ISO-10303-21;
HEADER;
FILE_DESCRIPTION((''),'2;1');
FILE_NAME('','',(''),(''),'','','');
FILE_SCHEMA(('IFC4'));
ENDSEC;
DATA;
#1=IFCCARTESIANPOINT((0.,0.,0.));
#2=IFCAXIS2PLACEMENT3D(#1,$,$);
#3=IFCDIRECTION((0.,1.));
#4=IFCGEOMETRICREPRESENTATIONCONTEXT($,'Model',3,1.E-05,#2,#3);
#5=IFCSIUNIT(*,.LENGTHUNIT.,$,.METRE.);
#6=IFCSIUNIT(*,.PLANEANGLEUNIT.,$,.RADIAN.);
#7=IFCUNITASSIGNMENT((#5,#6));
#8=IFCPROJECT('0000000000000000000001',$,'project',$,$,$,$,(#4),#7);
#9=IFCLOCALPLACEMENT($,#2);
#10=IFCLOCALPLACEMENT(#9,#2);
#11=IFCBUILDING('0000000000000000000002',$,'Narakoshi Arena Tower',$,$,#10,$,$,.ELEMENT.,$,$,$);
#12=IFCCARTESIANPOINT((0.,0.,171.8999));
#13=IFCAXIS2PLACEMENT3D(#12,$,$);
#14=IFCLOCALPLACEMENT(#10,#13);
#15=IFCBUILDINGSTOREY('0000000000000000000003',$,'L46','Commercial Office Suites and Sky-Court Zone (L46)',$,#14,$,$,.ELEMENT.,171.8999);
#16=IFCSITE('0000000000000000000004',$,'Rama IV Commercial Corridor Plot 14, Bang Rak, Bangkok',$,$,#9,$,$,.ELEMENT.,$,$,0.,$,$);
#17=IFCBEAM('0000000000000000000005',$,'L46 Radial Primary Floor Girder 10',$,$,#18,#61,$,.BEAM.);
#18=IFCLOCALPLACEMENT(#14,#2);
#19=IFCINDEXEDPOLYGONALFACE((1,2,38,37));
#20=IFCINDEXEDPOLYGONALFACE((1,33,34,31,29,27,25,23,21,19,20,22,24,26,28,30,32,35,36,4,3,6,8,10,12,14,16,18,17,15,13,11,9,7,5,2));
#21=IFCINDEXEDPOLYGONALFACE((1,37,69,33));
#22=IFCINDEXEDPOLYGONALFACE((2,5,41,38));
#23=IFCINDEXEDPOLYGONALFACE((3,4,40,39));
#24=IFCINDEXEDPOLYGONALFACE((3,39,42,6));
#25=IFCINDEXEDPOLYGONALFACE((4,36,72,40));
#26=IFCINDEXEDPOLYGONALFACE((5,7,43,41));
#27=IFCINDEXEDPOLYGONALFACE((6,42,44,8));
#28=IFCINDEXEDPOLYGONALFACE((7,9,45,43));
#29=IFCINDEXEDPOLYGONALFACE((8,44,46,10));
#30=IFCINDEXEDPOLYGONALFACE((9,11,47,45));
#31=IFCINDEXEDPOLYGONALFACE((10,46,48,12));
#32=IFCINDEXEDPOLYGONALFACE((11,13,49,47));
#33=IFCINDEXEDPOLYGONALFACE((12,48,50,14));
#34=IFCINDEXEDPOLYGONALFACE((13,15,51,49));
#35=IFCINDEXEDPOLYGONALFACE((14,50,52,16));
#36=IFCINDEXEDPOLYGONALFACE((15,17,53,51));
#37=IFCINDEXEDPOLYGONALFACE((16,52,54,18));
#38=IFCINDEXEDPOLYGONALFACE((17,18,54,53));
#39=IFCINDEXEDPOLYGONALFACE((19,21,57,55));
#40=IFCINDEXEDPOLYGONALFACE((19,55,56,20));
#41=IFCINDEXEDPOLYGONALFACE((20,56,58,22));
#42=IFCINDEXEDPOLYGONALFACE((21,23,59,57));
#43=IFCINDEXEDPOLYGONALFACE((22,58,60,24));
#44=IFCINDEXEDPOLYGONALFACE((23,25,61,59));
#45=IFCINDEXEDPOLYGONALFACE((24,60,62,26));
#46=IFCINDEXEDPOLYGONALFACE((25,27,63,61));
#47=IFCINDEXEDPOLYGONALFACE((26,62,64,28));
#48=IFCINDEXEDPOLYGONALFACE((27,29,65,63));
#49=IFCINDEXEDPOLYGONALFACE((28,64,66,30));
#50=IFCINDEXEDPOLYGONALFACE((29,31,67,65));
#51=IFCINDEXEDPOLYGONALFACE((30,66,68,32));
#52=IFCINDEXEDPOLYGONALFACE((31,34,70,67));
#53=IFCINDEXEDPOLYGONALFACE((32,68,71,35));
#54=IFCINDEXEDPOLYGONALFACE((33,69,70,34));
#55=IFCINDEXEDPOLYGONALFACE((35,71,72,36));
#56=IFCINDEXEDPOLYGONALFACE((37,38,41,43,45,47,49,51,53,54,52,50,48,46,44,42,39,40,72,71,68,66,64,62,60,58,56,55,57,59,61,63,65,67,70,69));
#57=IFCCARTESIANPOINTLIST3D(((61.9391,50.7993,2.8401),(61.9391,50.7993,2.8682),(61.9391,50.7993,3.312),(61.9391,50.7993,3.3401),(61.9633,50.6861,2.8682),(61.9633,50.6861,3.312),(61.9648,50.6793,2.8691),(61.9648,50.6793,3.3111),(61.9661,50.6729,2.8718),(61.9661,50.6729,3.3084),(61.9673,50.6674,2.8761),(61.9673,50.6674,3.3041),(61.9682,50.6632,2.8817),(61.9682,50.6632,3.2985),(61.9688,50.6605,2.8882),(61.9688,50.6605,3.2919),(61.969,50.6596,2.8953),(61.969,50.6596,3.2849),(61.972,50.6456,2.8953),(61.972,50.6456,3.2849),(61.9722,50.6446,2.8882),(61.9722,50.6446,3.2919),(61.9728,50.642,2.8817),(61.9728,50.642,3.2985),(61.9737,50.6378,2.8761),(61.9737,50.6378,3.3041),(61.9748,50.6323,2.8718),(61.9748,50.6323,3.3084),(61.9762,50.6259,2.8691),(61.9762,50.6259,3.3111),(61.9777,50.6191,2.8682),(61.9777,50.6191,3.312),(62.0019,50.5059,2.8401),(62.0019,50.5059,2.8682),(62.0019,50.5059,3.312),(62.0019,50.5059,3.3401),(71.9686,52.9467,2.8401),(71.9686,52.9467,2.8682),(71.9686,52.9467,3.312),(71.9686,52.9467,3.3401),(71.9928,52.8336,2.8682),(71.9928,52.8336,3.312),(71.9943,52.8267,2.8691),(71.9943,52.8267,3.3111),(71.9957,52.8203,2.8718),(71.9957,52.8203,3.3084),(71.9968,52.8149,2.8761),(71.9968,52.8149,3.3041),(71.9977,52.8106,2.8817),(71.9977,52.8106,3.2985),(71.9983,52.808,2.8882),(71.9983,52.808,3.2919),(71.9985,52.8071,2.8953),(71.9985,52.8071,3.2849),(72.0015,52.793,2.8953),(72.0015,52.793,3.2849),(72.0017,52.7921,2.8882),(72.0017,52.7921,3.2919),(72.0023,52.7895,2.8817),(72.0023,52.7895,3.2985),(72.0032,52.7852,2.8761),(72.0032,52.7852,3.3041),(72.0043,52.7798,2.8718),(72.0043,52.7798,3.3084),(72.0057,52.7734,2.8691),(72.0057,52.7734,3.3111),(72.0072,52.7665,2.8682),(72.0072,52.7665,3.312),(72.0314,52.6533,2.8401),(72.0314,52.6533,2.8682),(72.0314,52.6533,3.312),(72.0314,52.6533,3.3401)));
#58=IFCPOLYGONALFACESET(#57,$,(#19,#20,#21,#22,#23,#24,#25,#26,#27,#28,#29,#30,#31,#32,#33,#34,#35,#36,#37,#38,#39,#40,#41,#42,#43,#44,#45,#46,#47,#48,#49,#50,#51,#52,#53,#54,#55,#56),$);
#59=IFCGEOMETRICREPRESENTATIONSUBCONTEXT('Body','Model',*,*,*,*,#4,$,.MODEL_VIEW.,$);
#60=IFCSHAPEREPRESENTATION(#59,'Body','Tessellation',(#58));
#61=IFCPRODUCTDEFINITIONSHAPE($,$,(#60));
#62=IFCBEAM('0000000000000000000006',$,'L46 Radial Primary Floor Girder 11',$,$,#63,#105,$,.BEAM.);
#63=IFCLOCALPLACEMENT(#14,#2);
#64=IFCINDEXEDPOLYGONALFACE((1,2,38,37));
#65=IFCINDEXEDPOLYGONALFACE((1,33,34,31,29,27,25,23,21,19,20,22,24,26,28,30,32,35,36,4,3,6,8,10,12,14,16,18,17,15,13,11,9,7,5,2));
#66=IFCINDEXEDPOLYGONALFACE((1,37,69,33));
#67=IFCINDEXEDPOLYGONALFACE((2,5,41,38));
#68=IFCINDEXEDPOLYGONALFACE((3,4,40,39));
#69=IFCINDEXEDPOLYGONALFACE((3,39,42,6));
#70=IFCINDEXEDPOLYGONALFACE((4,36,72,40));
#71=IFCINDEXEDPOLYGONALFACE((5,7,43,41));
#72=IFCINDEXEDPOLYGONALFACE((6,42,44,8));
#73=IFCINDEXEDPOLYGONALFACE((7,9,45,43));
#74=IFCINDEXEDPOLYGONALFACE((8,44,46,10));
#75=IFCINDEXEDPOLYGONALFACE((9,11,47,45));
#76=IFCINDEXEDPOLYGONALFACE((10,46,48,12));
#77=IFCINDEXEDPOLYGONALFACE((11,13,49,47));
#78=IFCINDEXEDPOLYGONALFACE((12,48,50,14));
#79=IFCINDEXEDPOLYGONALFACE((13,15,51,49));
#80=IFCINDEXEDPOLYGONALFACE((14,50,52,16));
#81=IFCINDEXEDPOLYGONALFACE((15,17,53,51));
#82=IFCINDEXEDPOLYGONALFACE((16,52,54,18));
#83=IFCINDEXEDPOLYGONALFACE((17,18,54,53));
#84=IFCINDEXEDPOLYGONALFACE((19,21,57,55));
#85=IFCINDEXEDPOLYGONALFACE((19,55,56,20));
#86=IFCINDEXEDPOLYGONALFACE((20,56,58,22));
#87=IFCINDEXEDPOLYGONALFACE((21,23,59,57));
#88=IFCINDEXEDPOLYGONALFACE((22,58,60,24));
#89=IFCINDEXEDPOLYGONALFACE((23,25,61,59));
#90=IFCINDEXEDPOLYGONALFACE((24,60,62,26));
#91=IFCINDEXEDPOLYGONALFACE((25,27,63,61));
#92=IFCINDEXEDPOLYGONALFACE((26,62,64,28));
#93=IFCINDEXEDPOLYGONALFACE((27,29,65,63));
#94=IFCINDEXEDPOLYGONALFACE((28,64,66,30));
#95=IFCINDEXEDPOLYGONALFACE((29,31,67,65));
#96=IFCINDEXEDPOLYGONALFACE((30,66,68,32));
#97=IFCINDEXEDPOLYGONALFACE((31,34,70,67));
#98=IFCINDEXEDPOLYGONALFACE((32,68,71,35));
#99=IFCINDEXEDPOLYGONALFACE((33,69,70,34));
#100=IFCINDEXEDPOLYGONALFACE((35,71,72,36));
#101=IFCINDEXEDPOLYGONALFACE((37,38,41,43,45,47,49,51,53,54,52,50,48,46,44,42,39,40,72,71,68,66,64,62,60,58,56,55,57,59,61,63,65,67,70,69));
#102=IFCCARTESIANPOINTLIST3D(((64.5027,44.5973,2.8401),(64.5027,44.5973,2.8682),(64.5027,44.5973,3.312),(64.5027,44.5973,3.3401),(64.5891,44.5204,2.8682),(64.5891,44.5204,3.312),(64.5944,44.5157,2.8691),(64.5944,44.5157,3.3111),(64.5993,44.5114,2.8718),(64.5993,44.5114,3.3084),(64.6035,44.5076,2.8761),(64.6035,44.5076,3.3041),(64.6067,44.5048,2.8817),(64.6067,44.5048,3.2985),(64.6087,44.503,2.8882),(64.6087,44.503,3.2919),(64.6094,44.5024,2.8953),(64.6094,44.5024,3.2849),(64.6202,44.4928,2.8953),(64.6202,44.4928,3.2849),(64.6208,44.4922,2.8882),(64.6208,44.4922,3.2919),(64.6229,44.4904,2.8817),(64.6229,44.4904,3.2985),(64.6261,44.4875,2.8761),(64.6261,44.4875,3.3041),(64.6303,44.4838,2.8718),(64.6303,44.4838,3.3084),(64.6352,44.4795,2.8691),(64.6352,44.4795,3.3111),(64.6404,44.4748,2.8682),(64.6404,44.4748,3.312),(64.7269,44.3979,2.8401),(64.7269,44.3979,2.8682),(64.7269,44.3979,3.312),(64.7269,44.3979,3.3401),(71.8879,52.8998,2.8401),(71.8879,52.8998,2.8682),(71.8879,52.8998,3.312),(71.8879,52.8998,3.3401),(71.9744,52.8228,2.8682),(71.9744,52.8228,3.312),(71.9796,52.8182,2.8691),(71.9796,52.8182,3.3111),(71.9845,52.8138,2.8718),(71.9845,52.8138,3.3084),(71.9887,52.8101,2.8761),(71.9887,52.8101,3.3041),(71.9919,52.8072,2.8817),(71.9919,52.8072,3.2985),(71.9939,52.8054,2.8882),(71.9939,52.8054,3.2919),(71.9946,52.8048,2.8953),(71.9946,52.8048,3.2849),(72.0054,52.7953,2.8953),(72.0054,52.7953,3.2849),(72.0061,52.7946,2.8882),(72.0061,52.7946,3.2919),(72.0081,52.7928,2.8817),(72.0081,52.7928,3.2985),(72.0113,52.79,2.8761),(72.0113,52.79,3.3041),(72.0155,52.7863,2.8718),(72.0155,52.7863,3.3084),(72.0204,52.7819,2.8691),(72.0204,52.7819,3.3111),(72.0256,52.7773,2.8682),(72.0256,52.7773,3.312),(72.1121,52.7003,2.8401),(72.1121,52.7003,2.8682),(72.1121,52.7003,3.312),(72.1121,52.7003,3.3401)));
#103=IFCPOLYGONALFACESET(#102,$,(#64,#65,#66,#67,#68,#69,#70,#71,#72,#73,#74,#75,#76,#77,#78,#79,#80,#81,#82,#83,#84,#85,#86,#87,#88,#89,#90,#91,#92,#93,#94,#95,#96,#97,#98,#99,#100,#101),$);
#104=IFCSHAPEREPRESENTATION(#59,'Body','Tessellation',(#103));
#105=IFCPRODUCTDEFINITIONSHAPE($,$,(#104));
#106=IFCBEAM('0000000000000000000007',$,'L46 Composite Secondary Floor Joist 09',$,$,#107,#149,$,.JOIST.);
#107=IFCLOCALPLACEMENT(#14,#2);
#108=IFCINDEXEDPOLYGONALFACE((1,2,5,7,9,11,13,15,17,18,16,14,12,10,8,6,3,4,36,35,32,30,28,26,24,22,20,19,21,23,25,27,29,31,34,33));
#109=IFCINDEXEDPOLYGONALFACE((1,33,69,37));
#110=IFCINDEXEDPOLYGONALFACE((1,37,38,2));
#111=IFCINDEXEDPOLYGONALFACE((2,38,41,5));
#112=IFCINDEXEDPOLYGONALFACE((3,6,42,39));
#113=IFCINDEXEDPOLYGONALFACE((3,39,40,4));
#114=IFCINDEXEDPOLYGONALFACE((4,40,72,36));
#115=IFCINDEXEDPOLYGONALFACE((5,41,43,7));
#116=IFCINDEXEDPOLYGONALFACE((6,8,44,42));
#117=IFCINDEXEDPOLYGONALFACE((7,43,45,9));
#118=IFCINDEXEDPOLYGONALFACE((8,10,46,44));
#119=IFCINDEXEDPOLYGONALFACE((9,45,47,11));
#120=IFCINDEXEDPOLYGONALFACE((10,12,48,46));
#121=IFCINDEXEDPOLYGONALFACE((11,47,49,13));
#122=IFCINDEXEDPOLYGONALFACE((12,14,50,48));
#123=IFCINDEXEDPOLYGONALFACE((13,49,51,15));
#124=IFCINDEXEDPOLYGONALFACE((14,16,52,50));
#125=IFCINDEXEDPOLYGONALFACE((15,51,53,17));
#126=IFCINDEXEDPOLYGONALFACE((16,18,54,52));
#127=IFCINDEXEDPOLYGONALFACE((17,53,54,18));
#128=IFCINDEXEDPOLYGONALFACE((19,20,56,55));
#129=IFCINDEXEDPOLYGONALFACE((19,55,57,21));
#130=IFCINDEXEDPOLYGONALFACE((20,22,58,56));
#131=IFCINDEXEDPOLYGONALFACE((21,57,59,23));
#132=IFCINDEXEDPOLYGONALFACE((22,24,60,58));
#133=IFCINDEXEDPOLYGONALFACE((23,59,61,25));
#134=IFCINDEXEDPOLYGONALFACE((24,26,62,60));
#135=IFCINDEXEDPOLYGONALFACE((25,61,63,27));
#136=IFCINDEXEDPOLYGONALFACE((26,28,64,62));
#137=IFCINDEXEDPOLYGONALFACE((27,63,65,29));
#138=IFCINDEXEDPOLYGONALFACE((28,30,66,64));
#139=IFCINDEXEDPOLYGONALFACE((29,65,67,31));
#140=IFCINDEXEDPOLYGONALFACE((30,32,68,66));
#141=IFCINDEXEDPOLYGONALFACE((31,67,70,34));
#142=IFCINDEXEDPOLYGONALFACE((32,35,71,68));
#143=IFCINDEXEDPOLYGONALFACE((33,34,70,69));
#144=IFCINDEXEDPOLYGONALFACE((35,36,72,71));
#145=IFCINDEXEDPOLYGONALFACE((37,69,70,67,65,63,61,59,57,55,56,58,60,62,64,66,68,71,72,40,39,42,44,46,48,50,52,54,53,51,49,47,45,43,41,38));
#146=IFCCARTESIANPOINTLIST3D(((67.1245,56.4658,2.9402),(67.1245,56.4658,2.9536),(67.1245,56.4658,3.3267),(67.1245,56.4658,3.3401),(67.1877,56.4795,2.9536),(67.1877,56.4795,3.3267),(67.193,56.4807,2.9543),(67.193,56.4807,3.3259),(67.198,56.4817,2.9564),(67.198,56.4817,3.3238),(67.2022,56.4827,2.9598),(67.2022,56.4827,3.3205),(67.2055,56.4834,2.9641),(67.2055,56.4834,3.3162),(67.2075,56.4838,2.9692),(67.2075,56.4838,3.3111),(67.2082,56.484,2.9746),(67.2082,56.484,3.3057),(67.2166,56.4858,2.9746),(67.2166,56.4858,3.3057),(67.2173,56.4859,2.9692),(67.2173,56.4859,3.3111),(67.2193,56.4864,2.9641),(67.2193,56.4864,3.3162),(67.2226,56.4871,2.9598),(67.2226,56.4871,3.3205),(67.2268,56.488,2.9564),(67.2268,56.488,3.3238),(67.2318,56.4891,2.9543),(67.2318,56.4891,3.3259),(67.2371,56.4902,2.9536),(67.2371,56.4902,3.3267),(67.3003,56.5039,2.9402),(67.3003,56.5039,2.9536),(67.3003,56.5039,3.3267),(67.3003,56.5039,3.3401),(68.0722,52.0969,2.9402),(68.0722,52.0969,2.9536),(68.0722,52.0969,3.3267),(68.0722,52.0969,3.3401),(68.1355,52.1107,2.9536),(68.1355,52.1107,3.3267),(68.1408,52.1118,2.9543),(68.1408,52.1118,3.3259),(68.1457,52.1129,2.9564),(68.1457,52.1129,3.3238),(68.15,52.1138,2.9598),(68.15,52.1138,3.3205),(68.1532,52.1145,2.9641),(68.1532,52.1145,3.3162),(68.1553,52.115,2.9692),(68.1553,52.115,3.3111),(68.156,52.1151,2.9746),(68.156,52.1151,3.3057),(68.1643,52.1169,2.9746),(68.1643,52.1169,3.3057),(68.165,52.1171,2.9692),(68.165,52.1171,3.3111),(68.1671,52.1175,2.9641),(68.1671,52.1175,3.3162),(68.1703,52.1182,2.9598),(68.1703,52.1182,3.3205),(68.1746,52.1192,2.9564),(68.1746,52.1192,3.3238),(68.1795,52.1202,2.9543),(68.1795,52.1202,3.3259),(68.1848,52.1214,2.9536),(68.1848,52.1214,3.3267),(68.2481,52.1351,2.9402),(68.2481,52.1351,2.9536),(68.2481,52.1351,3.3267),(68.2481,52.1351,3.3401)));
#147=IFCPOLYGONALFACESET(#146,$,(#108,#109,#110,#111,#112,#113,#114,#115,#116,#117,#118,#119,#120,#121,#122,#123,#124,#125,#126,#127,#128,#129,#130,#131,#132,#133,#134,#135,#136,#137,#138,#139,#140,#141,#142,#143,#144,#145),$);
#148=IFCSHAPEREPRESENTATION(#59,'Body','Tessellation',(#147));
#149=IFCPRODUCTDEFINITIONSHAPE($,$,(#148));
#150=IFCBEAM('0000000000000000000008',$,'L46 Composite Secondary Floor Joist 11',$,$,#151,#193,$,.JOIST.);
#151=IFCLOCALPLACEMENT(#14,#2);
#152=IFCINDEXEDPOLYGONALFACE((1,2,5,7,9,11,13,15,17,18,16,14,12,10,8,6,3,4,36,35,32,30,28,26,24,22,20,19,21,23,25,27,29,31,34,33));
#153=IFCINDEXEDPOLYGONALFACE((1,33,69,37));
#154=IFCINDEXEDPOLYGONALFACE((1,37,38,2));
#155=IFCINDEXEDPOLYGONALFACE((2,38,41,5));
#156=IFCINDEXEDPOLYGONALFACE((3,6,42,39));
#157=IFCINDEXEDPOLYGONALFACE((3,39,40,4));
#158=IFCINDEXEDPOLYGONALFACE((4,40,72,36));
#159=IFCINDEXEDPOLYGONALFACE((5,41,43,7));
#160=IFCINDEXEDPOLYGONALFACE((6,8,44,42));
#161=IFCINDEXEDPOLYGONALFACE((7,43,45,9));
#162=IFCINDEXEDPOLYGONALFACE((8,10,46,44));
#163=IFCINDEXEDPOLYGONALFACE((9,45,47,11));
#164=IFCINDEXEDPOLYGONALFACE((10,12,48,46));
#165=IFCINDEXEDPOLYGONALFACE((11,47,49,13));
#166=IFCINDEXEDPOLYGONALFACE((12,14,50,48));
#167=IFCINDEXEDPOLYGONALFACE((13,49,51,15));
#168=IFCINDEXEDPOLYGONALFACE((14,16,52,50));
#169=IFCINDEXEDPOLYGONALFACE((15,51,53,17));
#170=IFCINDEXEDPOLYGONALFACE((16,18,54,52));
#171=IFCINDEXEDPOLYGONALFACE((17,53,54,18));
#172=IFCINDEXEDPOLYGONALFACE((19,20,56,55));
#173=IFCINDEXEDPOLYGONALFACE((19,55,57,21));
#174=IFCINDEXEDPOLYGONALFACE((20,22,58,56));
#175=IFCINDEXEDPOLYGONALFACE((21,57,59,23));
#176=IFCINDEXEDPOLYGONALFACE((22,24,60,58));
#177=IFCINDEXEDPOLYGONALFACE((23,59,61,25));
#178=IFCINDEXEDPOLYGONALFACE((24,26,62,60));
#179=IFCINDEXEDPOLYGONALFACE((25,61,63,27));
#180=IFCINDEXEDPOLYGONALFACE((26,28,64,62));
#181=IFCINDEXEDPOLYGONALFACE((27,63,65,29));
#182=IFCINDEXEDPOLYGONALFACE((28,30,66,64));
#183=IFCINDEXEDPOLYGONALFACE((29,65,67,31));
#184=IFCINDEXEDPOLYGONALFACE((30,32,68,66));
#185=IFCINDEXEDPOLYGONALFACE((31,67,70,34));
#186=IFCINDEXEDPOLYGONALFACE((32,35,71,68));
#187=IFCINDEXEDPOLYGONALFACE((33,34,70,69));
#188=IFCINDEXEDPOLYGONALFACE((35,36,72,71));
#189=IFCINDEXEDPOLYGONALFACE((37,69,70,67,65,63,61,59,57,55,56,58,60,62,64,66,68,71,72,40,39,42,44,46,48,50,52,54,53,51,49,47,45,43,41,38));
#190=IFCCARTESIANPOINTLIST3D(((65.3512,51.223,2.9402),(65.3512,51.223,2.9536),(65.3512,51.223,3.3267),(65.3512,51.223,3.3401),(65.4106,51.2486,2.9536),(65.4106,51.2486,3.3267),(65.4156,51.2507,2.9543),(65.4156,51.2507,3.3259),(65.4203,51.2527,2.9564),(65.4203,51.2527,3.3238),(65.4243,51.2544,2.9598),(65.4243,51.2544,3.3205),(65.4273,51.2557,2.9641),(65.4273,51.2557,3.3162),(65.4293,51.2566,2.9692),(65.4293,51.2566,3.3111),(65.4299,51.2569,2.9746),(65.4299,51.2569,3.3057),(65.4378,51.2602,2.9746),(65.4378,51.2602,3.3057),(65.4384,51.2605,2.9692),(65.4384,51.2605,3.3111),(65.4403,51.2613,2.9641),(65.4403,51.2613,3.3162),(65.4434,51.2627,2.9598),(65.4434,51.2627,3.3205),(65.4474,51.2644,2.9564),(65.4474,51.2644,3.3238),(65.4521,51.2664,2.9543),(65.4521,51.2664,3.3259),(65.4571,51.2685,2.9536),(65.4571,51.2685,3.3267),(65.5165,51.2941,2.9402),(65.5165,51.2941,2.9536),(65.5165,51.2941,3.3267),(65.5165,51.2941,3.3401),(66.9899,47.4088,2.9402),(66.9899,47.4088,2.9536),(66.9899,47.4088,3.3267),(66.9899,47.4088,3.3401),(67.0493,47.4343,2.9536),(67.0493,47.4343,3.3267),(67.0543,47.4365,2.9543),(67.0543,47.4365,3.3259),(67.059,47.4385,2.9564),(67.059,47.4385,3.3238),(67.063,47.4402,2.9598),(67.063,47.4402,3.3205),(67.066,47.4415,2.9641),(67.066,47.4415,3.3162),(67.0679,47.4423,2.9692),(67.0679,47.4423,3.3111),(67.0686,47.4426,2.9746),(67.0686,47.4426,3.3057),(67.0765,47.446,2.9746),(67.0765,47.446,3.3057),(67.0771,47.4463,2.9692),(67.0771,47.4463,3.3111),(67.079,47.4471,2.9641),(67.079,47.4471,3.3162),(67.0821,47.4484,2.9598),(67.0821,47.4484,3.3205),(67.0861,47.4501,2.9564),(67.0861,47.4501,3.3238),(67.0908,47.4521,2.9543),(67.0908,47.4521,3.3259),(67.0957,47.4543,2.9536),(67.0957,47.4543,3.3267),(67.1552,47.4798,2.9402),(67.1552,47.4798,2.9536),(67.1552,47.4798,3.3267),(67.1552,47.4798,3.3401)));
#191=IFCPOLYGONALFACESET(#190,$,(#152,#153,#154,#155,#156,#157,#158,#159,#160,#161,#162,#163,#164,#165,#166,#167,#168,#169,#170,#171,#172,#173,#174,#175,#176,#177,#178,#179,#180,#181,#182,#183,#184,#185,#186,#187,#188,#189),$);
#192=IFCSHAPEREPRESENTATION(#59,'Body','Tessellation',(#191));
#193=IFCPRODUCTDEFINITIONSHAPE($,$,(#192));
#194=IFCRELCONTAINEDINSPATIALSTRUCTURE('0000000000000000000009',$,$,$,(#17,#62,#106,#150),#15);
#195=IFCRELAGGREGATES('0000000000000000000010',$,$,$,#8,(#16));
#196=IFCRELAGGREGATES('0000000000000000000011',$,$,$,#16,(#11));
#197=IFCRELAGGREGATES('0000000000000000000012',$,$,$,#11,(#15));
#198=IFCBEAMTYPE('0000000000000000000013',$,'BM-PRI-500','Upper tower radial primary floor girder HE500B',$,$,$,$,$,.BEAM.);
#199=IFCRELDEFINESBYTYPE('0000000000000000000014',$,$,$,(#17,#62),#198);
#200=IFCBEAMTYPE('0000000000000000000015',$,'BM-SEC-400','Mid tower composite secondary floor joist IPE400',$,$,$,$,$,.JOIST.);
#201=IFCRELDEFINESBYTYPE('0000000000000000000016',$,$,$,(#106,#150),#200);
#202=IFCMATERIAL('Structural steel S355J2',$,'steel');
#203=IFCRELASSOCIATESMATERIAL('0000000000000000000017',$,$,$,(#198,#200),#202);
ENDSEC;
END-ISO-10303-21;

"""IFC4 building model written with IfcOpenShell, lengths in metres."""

from ifc_helpers import new_model, si_unit, direction, frame, origin, origin_2d, place, context, subcontext, project, spatial, i_section, extrude, material, material_profile, profile_set, type_object, element, save


model = new_model("IFC4")

# Units and contexts
model_context = context("Model", 3, precision=1e-05, world=origin(), true_north=direction((0.0, 1.0)))
body_context = subcontext(model_context, "Body", "Model", "MODEL_VIEW")
ifc_project = project(units=[si_unit("LENGTHUNIT", "METRE"), si_unit("PLANEANGLEUNIT", "RADIAN")], contexts=[model_context])

# Site, building, storey
site_placement = place(None, origin())
site = spatial("IfcSite", under=ifc_project, at=site_placement, Name="Rama IV Commercial Corridor Plot 14, Bang Rak, Bangkok", CompositionType="ELEMENT", RefElevation=0.0)
building_placement = place(site_placement, origin())
building = spatial("IfcBuilding", under=site, at=building_placement, Name="Narakoshi Arena Tower", CompositionType="ELEMENT")
storey_placement = place(building_placement, frame((0.0, 0.0, 171.8999)))
storey = spatial("IfcBuildingStorey", under=building, at=storey_placement, Name="L46", Description="Commercial Office Suites and Sky-Court Zone (L46)", CompositionType="ELEMENT", Elevation=171.8999)

# Beams
ifc_material_1 = material(Name="Structural steel S355J2", Category="steel")
ifc_material_profile_1 = material_profile(ifc_material_1, i_section(OverallWidth=0.3, OverallDepth=0.5, WebThickness=0.0144, FlangeThickness=0.0281, FilletRadius=0.0271, at=origin_2d()), Name="HE500B")
ifc_profile_set_1 = profile_set([ifc_material_profile_1], Name="Structural steel S355J2")
beam_type_1 = type_object("IfcBeamType", Name="BM-PRI-500", Description="Upper tower radial primary floor girder HE500B", PredefinedType="BEAM", material=ifc_profile_set_1)
beam_1_placement = place(storey_placement, frame((72.0, 52.8, 3.0901), z_axis=(-0.977837, -0.209368, 0.0), x_axis=(0.209368, -0.977837, 0.0)))
element("IfcBeam", 1, at=beam_1_placement, inside=storey, type_object=beam_type_1, Name="L46 Radial Primary Floor Girder 10", PredefinedType="BEAM", context=body_context, shape_type="SweptSolid", body=[
    extrude(i_section(OverallWidth=0.3, OverallDepth=0.5, WebThickness=0.0144, FlangeThickness=0.0281, FilletRadius=0.0271, at=origin_2d()), origin(), (0.0, 0.0, 1.0), 10.2568),
])
beam_2_placement = place(storey_placement, frame((72.0, 52.8, 3.0901), z_axis=(-0.664628, -0.747174, 0.0), x_axis=(0.747174, -0.664628, 0.0)))
element("IfcBeam", 2, at=beam_2_placement, inside=storey, type_object=beam_type_1, Name="L46 Radial Primary Floor Girder 11", PredefinedType="BEAM", context=body_context, shape_type="SweptSolid", body=[
    extrude(i_section(OverallWidth=0.3, OverallDepth=0.5, WebThickness=0.0144, FlangeThickness=0.0281, FilletRadius=0.0271, at=origin_2d()), origin(), (0.0, 0.0, 1.0), 11.1118),
])
ifc_material_profile_2 = material_profile(ifc_material_1, i_section(OverallWidth=0.1799, OverallDepth=0.3999, WebThickness=0.0085, FlangeThickness=0.0134, FilletRadius=0.021, at=origin_2d()), Name="IPE400")
ifc_profile_set_2 = profile_set([ifc_material_profile_2], Name="Structural steel S355J2")
beam_type_2 = type_object("IfcBeamType", Name="BM-SEC-400", Description="Mid tower composite secondary floor joist IPE400", PredefinedType="JOIST", material=ifc_profile_set_2)
beam_3_placement = place(storey_placement, frame((67.2124, 56.4849, 3.1401), z_axis=(0.212001, -0.977269, 0.0), x_axis=(0.977269, 0.212001, 0.0)))
element("IfcBeam", 3, at=beam_3_placement, inside=storey, type_object=beam_type_2, Name="L46 Composite Secondary Floor Joist 09", PredefinedType="JOIST", context=body_context, shape_type="SweptSolid", body=[
    extrude(i_section(OverallWidth=0.1799, OverallDepth=0.3999, WebThickness=0.0085, FlangeThickness=0.0134, FilletRadius=0.021, at=origin_2d()), origin(), (0.0, 0.0, 1.0), 4.4705),
])
beam_4_placement = place(storey_placement, frame((65.4338, 51.2585, 3.1401), z_axis=(0.394735, -0.918795, 0.0), x_axis=(0.918795, 0.394735, 0.0)))
element("IfcBeam", 4, at=beam_4_placement, inside=storey, type_object=beam_type_2, Name="L46 Composite Secondary Floor Joist 11", PredefinedType="JOIST", context=body_context, shape_type="SweptSolid", body=[
    extrude(i_section(OverallWidth=0.1799, OverallDepth=0.3999, WebThickness=0.0085, FlangeThickness=0.0134, FilletRadius=0.021, at=origin_2d()), origin(), (0.0, 0.0, 1.0), 4.1514),
])

save(model, "model.ifc")
